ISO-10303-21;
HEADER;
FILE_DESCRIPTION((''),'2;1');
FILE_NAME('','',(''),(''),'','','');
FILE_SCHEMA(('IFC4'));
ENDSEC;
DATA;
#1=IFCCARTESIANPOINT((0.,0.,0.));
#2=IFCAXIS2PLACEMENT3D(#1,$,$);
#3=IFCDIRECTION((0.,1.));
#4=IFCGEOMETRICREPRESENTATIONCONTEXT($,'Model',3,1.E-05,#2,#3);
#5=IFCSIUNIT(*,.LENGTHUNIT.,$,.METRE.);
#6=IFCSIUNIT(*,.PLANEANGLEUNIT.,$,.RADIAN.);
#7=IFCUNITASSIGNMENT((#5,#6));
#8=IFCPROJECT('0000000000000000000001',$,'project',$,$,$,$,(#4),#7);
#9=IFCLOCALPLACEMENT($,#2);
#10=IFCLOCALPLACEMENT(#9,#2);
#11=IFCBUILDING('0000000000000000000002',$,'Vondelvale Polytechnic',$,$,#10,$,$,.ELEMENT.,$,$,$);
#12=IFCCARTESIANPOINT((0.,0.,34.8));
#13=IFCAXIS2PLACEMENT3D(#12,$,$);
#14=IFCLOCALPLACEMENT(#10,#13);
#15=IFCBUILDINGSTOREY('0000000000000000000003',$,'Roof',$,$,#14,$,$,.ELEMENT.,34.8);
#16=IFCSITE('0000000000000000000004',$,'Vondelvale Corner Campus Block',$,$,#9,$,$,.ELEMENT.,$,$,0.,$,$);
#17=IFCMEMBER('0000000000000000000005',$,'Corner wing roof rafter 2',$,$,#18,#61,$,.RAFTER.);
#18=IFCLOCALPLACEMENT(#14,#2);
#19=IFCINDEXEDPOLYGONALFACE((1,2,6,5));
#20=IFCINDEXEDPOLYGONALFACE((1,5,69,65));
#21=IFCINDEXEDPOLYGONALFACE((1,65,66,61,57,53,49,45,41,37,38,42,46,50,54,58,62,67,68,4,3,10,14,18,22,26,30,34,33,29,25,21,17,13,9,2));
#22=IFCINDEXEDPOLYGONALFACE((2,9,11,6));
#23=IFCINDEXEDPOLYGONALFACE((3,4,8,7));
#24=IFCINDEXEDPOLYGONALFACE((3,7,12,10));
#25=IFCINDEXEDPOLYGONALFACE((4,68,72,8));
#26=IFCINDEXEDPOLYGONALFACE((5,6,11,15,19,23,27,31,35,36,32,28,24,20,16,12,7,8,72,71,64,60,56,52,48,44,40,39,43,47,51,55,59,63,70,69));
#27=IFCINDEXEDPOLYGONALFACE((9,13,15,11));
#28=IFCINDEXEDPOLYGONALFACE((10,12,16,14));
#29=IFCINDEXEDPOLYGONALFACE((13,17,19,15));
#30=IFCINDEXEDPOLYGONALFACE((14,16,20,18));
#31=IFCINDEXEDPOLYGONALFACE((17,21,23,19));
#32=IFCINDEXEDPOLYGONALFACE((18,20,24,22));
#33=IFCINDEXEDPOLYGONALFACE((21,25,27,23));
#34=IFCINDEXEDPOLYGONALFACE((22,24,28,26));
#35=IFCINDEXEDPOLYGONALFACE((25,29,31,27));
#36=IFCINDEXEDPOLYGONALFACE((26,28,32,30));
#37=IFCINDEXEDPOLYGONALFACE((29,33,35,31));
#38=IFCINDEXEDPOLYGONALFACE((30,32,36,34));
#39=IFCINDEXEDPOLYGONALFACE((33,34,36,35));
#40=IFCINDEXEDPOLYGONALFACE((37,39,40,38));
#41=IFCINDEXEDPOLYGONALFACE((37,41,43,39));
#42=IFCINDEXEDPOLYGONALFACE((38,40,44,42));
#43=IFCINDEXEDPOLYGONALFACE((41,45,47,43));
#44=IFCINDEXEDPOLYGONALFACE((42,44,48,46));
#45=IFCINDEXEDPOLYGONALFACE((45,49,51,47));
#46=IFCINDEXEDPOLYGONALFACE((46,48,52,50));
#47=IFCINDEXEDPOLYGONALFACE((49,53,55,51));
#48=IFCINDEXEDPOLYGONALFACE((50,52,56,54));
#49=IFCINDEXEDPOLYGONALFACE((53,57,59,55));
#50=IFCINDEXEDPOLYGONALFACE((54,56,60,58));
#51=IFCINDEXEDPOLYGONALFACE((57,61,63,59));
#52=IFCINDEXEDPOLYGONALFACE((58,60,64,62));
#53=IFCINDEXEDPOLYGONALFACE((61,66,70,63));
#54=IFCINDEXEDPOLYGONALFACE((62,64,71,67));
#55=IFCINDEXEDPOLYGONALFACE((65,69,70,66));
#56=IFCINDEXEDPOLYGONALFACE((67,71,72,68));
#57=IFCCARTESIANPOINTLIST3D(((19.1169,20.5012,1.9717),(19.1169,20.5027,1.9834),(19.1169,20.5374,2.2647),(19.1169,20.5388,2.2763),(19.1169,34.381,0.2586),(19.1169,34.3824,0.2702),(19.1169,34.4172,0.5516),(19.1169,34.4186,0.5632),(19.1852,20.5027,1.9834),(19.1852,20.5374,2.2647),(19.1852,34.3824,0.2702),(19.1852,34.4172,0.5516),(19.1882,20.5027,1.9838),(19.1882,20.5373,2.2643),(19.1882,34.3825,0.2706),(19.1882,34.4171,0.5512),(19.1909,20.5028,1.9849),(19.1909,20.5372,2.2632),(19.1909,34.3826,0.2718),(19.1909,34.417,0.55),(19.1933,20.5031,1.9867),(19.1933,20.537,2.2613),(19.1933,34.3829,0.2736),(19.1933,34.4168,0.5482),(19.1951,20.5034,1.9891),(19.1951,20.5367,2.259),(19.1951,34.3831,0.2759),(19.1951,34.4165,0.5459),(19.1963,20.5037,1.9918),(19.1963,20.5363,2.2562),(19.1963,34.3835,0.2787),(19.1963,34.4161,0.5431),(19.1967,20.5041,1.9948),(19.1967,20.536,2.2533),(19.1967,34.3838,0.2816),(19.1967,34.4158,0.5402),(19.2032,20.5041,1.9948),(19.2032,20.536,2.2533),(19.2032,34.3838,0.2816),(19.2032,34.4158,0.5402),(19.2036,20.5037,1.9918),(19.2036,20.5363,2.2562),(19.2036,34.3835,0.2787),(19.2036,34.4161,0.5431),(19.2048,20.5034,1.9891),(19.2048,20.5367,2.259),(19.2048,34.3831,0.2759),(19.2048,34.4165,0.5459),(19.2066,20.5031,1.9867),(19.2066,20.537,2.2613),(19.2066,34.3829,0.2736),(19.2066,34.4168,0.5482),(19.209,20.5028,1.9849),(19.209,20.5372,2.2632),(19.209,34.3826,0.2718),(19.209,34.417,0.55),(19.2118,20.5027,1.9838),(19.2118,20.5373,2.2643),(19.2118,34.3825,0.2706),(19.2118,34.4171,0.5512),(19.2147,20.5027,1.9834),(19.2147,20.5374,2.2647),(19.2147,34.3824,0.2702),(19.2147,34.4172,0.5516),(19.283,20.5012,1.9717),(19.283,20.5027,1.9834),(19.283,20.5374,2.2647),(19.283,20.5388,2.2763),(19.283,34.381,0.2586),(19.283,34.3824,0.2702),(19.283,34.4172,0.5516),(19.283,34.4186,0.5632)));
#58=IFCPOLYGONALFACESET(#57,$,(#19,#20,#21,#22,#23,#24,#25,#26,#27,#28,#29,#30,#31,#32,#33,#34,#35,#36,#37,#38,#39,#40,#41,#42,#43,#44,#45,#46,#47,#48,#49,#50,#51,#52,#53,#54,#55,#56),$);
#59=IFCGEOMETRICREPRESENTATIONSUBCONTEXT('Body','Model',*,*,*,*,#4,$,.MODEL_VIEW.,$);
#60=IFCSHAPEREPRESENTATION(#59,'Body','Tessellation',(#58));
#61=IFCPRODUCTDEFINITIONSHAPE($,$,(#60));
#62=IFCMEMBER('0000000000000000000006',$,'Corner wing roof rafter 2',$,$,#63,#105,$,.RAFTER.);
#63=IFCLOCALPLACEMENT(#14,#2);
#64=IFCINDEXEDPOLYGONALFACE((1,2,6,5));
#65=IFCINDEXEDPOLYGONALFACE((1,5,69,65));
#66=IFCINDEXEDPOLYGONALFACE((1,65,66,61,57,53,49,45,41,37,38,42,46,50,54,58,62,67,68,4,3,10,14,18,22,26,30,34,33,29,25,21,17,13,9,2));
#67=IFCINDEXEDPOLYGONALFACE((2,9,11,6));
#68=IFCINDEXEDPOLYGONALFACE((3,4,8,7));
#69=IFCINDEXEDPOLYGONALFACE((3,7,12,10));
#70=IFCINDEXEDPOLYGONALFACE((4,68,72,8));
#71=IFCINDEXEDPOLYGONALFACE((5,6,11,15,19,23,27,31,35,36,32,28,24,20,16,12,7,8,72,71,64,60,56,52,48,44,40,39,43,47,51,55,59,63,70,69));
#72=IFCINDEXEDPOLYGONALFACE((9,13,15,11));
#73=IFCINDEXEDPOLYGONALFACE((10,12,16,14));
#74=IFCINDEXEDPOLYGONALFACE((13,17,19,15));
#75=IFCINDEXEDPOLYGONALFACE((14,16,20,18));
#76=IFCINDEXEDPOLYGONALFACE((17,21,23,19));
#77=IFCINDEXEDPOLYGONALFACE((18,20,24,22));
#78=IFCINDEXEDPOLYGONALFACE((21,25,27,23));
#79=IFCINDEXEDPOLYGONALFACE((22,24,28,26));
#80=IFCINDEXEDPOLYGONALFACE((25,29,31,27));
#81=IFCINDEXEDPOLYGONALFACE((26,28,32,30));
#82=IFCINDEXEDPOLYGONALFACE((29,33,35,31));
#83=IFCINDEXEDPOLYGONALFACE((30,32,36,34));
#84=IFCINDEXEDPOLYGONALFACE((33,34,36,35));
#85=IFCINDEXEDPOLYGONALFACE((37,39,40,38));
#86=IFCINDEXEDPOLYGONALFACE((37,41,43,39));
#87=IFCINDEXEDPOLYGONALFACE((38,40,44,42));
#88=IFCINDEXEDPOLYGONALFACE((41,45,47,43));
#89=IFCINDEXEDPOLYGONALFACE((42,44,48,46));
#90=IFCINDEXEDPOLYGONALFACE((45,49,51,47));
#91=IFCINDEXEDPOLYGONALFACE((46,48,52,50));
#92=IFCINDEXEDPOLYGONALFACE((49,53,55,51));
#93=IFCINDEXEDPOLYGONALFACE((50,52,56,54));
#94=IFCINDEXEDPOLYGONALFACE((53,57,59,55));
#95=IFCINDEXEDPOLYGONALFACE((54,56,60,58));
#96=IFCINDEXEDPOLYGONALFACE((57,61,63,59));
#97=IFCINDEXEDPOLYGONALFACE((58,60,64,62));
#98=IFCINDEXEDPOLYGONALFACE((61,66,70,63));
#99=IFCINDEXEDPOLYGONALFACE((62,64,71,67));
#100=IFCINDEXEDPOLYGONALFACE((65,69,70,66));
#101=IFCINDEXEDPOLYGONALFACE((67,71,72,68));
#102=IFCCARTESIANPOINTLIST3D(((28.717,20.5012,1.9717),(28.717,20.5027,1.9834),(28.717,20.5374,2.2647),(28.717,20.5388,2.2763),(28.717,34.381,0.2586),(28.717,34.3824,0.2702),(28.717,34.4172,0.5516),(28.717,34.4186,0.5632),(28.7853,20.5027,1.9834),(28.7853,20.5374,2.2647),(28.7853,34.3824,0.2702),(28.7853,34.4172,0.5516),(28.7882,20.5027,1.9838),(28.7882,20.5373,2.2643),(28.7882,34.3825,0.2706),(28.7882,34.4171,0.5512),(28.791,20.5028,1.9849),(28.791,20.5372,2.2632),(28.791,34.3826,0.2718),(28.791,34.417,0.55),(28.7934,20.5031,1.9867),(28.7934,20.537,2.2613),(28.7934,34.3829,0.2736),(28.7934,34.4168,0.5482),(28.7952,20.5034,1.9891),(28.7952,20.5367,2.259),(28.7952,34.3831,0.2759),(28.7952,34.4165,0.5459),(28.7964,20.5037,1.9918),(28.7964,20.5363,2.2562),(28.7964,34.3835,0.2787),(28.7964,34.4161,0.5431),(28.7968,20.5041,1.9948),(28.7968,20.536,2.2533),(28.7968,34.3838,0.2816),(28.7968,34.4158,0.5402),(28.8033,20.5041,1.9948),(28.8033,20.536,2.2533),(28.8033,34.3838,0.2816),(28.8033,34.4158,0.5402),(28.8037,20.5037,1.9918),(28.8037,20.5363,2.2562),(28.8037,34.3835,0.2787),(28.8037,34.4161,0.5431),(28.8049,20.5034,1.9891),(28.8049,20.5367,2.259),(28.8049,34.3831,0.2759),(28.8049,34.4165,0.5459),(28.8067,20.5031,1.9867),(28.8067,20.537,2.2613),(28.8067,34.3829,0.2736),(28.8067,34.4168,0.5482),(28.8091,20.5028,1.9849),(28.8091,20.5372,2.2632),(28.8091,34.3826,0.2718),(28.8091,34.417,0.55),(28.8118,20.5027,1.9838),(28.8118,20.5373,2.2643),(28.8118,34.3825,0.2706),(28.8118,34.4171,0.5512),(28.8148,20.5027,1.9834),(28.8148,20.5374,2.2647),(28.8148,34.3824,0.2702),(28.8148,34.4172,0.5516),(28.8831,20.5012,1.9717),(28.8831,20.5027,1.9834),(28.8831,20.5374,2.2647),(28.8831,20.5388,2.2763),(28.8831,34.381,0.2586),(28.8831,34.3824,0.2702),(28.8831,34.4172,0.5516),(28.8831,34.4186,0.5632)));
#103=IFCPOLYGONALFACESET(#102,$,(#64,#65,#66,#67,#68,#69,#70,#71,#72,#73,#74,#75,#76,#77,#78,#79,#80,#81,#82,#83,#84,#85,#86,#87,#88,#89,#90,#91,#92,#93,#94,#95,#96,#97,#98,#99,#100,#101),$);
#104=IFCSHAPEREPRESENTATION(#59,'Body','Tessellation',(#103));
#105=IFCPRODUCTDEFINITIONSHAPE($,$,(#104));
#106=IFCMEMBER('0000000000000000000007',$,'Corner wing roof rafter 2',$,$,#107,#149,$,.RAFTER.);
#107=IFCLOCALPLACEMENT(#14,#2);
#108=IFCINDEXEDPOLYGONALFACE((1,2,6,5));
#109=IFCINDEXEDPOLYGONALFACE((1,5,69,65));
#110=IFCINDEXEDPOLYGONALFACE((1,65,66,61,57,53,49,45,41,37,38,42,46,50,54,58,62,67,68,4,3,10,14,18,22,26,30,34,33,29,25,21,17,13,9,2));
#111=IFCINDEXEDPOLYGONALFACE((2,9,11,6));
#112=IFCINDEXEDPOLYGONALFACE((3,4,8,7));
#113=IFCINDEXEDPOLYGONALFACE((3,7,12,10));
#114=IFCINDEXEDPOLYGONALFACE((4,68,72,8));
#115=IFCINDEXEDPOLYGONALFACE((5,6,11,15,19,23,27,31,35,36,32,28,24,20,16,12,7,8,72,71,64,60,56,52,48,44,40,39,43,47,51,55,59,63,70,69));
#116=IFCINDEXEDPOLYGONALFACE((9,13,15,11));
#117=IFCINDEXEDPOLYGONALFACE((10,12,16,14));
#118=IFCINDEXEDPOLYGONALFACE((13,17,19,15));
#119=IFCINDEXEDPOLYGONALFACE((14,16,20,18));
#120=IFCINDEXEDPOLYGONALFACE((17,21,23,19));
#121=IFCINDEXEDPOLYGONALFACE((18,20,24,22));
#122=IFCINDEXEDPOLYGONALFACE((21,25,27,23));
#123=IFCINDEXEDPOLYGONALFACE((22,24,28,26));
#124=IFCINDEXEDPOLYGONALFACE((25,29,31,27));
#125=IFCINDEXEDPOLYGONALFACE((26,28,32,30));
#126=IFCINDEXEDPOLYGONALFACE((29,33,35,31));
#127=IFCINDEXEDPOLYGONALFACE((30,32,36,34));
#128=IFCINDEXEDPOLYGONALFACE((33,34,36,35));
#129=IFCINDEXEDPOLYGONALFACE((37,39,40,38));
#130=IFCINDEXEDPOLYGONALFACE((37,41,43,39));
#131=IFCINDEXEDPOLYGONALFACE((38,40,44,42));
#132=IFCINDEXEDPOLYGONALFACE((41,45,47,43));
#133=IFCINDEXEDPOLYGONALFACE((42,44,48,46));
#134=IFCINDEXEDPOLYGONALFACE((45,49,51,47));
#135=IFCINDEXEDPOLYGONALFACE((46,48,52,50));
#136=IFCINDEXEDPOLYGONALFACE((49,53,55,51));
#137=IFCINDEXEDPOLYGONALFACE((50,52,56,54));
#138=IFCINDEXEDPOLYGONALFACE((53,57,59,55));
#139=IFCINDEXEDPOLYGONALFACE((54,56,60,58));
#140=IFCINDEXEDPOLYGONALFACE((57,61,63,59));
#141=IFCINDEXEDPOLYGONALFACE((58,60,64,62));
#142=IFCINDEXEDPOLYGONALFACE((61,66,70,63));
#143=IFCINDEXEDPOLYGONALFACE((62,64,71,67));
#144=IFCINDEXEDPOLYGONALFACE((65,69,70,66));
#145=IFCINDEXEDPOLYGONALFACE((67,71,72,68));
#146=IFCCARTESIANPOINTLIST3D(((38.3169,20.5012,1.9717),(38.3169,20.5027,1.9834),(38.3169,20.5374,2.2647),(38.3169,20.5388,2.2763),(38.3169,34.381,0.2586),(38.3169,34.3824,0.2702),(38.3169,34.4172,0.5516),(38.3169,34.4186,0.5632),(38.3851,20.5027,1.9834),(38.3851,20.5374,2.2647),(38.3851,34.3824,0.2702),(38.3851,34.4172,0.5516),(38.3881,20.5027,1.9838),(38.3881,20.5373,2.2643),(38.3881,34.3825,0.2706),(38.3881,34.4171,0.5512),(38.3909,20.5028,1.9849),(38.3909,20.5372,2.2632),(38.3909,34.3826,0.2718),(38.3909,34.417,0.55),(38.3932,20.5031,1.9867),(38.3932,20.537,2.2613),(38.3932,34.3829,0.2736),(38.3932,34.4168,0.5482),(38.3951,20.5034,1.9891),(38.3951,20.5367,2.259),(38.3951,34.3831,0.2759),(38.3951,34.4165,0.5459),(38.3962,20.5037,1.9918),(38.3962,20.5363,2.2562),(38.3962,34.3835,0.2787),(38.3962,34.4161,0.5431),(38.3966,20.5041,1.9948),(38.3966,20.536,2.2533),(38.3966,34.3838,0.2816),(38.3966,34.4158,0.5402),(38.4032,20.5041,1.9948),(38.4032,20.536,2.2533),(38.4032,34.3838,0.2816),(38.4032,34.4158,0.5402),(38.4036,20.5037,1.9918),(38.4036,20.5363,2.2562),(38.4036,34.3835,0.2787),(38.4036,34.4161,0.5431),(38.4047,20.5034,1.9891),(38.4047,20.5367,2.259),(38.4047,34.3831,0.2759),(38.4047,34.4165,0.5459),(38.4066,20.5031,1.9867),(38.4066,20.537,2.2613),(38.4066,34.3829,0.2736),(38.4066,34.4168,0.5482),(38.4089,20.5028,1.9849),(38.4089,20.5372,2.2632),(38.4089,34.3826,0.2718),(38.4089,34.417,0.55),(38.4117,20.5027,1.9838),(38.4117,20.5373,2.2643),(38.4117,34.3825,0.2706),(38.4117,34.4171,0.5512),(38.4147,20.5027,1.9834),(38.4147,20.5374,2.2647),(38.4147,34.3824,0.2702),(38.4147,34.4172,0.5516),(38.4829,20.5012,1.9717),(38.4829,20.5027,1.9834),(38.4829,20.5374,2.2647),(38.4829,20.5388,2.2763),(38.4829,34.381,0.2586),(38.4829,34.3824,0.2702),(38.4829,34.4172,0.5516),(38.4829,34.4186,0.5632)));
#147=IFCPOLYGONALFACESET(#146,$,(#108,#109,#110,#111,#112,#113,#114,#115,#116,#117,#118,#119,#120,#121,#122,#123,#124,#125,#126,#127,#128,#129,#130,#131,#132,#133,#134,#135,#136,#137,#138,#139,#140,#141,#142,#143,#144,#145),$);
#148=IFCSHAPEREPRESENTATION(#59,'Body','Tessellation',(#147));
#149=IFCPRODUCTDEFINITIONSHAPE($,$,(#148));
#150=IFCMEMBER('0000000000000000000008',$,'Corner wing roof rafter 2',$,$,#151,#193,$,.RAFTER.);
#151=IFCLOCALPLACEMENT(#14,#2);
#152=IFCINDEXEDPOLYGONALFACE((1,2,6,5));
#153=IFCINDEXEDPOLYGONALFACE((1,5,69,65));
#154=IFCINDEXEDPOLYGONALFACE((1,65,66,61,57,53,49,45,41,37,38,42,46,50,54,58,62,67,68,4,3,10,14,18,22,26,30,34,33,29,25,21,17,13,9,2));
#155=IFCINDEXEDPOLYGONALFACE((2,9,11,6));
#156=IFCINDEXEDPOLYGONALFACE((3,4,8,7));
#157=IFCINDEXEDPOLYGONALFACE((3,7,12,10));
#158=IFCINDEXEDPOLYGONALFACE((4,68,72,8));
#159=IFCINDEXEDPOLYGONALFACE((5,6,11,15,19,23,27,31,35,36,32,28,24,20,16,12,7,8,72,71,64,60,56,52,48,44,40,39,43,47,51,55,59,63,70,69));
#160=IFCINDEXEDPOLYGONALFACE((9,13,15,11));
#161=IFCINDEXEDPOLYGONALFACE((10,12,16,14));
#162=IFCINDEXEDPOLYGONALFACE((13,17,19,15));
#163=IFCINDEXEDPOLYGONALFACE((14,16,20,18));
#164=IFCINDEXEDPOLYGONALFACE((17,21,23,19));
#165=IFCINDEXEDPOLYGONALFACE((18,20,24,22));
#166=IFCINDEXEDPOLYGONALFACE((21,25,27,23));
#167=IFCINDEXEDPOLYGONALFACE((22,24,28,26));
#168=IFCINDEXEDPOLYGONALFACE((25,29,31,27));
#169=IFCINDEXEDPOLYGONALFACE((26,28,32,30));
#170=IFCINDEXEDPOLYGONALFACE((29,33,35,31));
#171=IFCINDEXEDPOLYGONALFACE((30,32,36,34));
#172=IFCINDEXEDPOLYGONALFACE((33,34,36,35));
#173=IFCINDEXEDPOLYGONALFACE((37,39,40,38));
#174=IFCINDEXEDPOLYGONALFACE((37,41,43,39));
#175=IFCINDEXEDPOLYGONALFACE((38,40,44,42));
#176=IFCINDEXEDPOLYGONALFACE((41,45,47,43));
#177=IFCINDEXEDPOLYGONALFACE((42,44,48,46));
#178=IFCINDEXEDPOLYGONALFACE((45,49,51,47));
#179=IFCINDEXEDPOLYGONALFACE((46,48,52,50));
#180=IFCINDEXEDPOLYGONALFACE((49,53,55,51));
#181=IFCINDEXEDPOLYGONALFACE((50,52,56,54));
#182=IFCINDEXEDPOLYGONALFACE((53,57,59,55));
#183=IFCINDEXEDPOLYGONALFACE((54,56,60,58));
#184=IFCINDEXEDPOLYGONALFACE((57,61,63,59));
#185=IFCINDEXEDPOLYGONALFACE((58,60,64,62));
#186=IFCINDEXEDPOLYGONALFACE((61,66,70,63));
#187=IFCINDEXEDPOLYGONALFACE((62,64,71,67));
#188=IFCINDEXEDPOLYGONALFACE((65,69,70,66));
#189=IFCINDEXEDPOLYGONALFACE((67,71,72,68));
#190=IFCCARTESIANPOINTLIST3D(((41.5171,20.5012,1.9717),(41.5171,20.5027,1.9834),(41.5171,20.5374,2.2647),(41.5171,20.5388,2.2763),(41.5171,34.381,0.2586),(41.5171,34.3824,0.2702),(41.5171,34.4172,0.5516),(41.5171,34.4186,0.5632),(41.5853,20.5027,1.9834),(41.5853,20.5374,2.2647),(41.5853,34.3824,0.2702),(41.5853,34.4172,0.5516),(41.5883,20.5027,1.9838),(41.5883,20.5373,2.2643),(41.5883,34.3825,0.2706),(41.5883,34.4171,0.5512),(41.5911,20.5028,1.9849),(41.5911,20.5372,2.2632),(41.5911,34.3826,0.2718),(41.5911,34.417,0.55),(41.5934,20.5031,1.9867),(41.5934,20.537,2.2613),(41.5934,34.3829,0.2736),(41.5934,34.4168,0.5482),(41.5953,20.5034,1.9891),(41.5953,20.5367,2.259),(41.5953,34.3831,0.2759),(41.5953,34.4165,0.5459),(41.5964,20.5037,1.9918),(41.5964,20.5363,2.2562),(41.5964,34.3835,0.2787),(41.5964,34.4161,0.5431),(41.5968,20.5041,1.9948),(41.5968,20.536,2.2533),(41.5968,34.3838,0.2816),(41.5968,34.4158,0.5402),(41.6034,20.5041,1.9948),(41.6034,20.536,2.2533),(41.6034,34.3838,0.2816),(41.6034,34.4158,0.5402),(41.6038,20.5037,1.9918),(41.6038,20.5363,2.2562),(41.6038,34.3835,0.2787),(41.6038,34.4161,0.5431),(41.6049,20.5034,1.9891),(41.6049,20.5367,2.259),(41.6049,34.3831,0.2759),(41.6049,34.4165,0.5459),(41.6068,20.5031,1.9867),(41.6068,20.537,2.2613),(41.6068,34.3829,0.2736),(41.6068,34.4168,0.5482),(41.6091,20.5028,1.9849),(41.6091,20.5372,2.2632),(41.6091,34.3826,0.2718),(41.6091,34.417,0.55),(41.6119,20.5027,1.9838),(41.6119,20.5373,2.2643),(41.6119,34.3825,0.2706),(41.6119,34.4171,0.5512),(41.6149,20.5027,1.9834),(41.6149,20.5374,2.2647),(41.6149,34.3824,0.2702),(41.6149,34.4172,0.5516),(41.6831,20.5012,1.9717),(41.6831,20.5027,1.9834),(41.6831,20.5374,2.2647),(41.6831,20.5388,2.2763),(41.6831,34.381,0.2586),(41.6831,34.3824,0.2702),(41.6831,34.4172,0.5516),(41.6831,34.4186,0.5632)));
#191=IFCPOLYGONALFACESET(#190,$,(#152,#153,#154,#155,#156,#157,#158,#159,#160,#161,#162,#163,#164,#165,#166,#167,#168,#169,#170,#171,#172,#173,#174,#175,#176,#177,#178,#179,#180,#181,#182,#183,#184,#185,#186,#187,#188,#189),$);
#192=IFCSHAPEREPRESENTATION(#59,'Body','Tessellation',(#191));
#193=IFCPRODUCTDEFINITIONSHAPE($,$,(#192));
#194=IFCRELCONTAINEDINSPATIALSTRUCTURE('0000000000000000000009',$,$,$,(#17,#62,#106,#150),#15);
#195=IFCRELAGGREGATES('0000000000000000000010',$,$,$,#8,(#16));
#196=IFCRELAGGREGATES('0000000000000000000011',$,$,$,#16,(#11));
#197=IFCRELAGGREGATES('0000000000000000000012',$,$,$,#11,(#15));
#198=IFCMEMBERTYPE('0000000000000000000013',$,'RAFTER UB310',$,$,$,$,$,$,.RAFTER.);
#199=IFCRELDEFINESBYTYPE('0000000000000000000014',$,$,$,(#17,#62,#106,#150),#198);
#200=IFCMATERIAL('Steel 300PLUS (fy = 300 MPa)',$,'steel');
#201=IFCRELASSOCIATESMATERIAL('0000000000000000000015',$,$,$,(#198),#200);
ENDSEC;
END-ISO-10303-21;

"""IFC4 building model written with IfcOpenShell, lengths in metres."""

from ifc_helpers import new_model, si_unit, direction, frame, origin, origin_2d, place, context, subcontext, project, spatial, i_section, extrude, material, material_profile, profile_set, type_object, element, save


model = new_model("IFC4")

# Units and contexts
model_context = context("Model", 3, precision=1e-05, world=origin(), true_north=direction((0.0, 1.0)))
body_context = subcontext(model_context, "Body", "Model", "MODEL_VIEW")
ifc_project = project(units=[si_unit("LENGTHUNIT", "METRE"), si_unit("PLANEANGLEUNIT", "RADIAN")], contexts=[model_context])

# Site, building, storey
site_placement = place(None, origin())
site = spatial("IfcSite", under=ifc_project, at=site_placement, Name="Vondelvale Corner Campus Block", CompositionType="ELEMENT", RefElevation=0.0)
building_placement = place(site_placement, origin())
building = spatial("IfcBuilding", under=site, at=building_placement, Name="Vondelvale Polytechnic", CompositionType="ELEMENT")
storey_placement = place(building_placement, frame((0.0, 0.0, 34.8)))
storey = spatial("IfcBuildingStorey", under=building, at=storey_placement, Name="Roof", CompositionType="ELEMENT", Elevation=34.8)

# Members
ifc_material_1 = material(Name="Steel 300PLUS (fy = 300 MPa)", Category="steel")
ifc_material_profile_1 = material_profile(ifc_material_1, i_section(OverallWidth=0.166, OverallDepth=0.3069, WebThickness=0.0066, FlangeThickness=0.0117, FilletRadius=0.0115, at=origin_2d()), Name="310UB46.2")
ifc_profile_set_1 = profile_set([ifc_material_profile_1], Name="Steel 300PLUS (fy = 300 MPa)")
member_type_1 = type_object("IfcMemberType", Name="RAFTER UB310", PredefinedType="RAFTER", material=ifc_profile_set_1)
for number, where, z_axis, x_axis, name in (
    (1, (19.2, 20.52, 2.124), (0.0, 0.992469, -0.122496), (-1.0, 0.0, 0.0), "Corner wing roof rafter 2"),
    (2, (28.8, 20.52, 2.124), (0.0, 0.992469, -0.122496), (-1.0, 0.0, 0.0), "Corner wing roof rafter 2"),
    (3, (38.3999, 20.52, 2.124), (0.0, 0.992469, -0.122496), (-1.0, 0.0, 0.0), "Corner wing roof rafter 2"),
    (4, (41.6001, 20.52, 2.124), (0.0, 0.992469, -0.122496), (-1.0, 0.0, 0.0), "Corner wing roof rafter 2"),
):
    element("IfcMember", number, at=place(storey_placement, frame(where, z_axis=z_axis, x_axis=x_axis)), inside=storey, type_object=member_type_1, Name=name, PredefinedType="RAFTER", context=body_context, shape_type="SweptSolid", body=[
        extrude(i_section(OverallWidth=0.166, OverallDepth=0.3069, WebThickness=0.0066, FlangeThickness=0.0117, FilletRadius=0.0115, at=origin_2d()), origin(), (0.0, 0.0, 1.0), 13.9851),
    ])

save(model, "model.ifc")
